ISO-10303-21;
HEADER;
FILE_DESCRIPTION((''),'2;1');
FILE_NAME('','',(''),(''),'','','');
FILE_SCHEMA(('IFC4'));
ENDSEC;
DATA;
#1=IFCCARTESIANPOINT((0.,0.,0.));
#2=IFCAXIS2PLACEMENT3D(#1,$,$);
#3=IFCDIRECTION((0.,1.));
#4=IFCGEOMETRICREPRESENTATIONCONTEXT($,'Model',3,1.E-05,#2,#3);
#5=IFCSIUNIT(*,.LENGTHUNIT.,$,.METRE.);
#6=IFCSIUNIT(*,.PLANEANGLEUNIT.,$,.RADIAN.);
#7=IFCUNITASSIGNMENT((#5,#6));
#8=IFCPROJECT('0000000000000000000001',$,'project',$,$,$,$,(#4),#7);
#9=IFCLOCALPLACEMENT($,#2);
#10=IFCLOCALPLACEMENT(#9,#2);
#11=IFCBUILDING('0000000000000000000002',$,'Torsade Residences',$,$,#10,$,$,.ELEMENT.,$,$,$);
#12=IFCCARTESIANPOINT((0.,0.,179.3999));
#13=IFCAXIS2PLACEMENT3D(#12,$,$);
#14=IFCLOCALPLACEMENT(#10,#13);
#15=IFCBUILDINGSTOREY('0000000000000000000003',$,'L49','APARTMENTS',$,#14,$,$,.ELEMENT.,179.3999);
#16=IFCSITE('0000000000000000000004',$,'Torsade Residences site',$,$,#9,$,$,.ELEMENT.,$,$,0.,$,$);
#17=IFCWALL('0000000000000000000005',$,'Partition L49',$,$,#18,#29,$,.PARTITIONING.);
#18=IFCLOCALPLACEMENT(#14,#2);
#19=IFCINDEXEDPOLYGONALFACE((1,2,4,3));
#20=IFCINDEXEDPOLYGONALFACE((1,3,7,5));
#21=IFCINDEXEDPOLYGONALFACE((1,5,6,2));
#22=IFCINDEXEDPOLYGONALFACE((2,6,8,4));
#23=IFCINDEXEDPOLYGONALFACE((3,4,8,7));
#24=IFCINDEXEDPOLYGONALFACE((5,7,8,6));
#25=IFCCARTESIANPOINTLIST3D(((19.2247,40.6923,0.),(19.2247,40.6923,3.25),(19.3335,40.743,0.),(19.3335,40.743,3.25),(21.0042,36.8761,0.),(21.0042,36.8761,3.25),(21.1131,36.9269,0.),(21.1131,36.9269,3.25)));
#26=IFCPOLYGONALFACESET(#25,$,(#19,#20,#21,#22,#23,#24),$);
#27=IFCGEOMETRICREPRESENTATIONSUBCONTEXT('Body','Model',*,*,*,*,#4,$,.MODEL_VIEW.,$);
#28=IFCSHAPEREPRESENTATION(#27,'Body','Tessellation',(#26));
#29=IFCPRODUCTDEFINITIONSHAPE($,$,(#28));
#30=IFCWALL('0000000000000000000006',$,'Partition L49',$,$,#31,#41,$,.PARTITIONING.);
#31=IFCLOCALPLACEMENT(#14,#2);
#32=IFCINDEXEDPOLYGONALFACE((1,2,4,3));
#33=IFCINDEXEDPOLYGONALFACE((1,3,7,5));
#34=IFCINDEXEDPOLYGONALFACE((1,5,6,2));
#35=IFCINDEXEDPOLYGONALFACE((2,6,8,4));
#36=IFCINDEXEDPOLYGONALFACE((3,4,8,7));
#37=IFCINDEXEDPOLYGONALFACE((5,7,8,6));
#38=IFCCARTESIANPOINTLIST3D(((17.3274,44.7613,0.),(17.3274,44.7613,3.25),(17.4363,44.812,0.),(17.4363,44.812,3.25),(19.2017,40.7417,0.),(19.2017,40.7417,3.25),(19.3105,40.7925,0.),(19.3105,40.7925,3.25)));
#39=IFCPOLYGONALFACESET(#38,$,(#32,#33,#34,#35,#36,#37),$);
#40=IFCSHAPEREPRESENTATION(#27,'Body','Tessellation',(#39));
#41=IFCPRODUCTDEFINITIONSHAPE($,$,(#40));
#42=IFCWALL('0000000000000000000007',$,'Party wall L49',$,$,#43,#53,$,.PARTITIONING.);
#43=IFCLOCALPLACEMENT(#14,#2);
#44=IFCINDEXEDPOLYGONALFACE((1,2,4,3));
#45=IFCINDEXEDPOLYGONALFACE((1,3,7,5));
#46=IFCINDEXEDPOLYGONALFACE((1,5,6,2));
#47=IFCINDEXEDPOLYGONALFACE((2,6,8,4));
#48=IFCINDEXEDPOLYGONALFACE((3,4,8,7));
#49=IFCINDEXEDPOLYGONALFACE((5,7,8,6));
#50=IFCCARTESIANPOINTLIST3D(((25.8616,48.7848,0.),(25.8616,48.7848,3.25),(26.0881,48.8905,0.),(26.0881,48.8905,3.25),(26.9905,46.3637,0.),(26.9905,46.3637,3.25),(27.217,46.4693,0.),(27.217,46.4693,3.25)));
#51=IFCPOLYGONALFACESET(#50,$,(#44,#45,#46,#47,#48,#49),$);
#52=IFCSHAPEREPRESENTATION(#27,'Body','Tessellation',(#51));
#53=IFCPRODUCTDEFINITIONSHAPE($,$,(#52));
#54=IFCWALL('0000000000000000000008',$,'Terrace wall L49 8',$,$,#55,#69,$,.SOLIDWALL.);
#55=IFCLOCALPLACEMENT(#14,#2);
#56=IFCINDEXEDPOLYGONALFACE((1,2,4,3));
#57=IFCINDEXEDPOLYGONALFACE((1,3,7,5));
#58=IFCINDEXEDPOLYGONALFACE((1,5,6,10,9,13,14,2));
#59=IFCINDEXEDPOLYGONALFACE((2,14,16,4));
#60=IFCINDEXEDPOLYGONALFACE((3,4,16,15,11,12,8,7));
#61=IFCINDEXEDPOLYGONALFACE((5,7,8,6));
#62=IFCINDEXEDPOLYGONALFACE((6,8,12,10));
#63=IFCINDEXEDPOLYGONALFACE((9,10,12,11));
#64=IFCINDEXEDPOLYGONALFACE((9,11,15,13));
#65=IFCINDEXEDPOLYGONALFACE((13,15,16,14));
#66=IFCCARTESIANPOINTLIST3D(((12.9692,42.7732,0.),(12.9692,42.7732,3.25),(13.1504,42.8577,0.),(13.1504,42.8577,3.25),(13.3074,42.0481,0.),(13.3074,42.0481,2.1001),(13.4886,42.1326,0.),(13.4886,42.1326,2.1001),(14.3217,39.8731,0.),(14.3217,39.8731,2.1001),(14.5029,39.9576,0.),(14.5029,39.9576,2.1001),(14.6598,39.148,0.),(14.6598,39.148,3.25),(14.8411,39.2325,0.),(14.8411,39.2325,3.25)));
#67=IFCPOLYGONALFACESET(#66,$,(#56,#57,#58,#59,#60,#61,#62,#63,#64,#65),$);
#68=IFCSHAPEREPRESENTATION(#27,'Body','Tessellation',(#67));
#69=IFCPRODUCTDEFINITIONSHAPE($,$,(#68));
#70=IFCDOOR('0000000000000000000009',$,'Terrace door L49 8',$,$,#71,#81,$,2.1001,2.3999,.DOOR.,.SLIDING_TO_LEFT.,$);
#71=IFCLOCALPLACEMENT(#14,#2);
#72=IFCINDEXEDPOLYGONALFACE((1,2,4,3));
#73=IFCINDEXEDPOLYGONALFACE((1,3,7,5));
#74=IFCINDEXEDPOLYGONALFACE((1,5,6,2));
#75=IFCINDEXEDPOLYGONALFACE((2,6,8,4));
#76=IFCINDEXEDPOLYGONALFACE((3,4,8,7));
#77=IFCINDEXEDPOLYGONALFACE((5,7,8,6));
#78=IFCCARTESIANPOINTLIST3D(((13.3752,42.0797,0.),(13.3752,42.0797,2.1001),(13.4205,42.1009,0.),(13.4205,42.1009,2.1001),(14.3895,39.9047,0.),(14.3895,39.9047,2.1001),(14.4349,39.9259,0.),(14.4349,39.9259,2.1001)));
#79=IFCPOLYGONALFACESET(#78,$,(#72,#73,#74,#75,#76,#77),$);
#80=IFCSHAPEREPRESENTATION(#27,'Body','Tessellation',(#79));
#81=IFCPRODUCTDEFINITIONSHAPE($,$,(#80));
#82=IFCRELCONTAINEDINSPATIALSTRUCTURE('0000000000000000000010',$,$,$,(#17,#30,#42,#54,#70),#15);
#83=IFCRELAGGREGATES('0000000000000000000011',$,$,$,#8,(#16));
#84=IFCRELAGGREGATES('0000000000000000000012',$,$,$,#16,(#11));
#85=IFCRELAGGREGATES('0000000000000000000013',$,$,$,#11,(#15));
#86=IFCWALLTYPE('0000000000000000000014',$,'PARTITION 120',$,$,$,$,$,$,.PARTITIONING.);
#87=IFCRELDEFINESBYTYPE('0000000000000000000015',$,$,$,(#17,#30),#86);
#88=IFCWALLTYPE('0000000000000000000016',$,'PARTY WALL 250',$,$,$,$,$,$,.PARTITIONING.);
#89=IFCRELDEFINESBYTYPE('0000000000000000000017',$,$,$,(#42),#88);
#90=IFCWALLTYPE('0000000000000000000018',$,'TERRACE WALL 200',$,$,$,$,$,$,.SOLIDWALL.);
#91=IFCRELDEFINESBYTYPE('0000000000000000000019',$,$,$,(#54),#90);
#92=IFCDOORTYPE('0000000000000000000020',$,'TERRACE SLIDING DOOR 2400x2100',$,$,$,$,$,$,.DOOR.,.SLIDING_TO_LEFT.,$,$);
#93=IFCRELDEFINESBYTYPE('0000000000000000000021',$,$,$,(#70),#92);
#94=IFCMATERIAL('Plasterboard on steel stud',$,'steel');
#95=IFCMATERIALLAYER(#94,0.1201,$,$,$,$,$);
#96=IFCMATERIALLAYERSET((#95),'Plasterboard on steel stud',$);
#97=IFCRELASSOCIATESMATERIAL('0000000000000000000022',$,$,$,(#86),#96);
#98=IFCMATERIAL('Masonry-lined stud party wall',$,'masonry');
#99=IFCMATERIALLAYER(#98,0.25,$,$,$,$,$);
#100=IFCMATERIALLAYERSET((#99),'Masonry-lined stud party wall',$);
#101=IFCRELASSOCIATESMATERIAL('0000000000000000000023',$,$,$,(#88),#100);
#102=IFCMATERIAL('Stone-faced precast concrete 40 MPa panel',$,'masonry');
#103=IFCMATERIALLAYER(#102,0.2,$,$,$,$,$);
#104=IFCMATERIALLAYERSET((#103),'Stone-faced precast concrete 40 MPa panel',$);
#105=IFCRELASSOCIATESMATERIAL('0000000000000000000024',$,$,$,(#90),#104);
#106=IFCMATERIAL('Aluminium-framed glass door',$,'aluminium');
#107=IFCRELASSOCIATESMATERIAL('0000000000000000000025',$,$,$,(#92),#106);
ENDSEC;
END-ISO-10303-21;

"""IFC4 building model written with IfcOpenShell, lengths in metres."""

from ifc_helpers import new_model, si_unit, direction, frame, frame_2d, origin, place, context, subcontext, project, spatial, rectangle, extrude, material, layer, layer_set, type_object, element, fill, save


model = new_model("IFC4")

# Units and contexts
model_context = context("Model", 3, precision=1e-05, world=origin(), true_north=direction((0.0, 1.0)))
body_context = subcontext(model_context, "Body", "Model", "MODEL_VIEW")
ifc_project = project(units=[si_unit("LENGTHUNIT", "METRE"), si_unit("PLANEANGLEUNIT", "RADIAN")], contexts=[model_context])

# Site, building, storey
site_placement = place(None, origin())
site = spatial("IfcSite", under=ifc_project, at=site_placement, Name="Torsade Residences site", CompositionType="ELEMENT", RefElevation=0.0)
building_placement = place(site_placement, origin())
building = spatial("IfcBuilding", under=site, at=building_placement, Name="Torsade Residences", CompositionType="ELEMENT")
storey_placement = place(building_placement, frame((0.0, 0.0, 179.3999)))
storey = spatial("IfcBuildingStorey", under=building, at=storey_placement, Name="L49", Description="APARTMENTS", CompositionType="ELEMENT", Elevation=179.3999)

# Walls
ifc_material_1 = material(Name="Plasterboard on steel stud", Category="steel")
ifc_layer_1 = layer(ifc_material_1, 0.1201)
ifc_layer_set_1 = layer_set([ifc_layer_1], Name="Plasterboard on steel stud")
wall_type_1 = type_object("IfcWallType", Name="PARTITION 120", PredefinedType="PARTITIONING", material=ifc_layer_set_1)
wall_1_placement = place(storey_placement, frame((19.2791, 40.7178, 0.0), z_axis=(0.0, 0.0, 1.0), x_axis=(0.422625, -0.906305, 0.0)))
element("IfcWall", 1, at=wall_1_placement, inside=storey, type_object=wall_type_1, Name="Partition L49", PredefinedType="PARTITIONING", context=body_context, shape_type="SweptSolid", body=[
    extrude(rectangle(XDim=4.2107, YDim=0.1201, at=frame_2d((2.1055, 0.0))), origin(), (0.0, 0.0, 1.0), 3.25),
])
wall_2_placement = place(storey_placement, frame((19.2561, 40.7671, 0.0), z_axis=(0.0, 0.0, 1.0), x_axis=(-0.422605, 0.906314, 0.0)))
element("IfcWall", 2, at=wall_2_placement, inside=storey, type_object=wall_type_1, Name="Partition L49", PredefinedType="PARTITIONING", context=body_context, shape_type="SweptSolid", body=[
    extrude(rectangle(XDim=4.4351, YDim=0.1201, at=frame_2d((2.2175, 0.0))), origin(), (0.0, 0.0, 1.0), 3.25),
])
ifc_material_2 = material(Name="Masonry-lined stud party wall", Category="masonry")
ifc_layer_2 = layer(ifc_material_2, 0.25)
ifc_layer_set_2 = layer_set([ifc_layer_2], Name="Masonry-lined stud party wall")
wall_type_2 = type_object("IfcWallType", Name="PARTY WALL 250", PredefinedType="PARTITIONING", material=ifc_layer_set_2)
wall_3_placement = place(storey_placement, frame((25.9749, 48.8376, 0.0), z_axis=(0.0, 0.0, 1.0), x_axis=(0.42259, -0.906321, 0.0)))
element("IfcWall", 3, at=wall_3_placement, inside=storey, type_object=wall_type_2, Name="Party wall L49", PredefinedType="PARTITIONING", context=body_context, shape_type="SweptSolid", body=[
    extrude(rectangle(XDim=2.6714, YDim=0.25, at=frame_2d((1.3357, 0.0))), origin(), (0.0, 0.0, 1.0), 3.25),
])

# Wall, opening, door
ifc_material_3 = material(Name="Stone-faced precast concrete 40 MPa panel", Category="masonry")
ifc_layer_3 = layer(ifc_material_3, 0.2)
ifc_layer_set_3 = layer_set([ifc_layer_3], Name="Stone-faced precast concrete 40 MPa panel")
wall_type_3 = type_object("IfcWallType", Name="TERRACE WALL 200", PredefinedType="SOLIDWALL", material=ifc_layer_set_3)
wall_4_placement = place(storey_placement, frame((13.0598, 42.8154, 0.0), z_axis=(0.0, 0.0, 1.0), x_axis=(0.422658, -0.906289, 0.0)))
wall_4 = element("IfcWall", 4, at=wall_4_placement, inside=storey, type_object=wall_type_3, Name="Terrace wall L49 8", PredefinedType="SOLIDWALL", context=body_context, shape_type="SweptSolid", body=[
    extrude(rectangle(XDim=4.0, YDim=0.2, at=frame_2d((2.0, 0.0))), origin(), (0.0, 0.0, 1.0), 3.25),
])
opening_placement = place(wall_4_placement, frame((0.8, 0.0, 0.0)))
opening = element("IfcOpeningElement", 5, at=opening_placement, cuts=wall_4, PredefinedType="OPENING", context=body_context, shape_type="SweptSolid", body=[
    extrude(rectangle(XDim=2.3999, YDim=2.1001, at=frame_2d((1.2, 1.05))), frame((0.0, 0.1099, 0.0), z_axis=(0.0, -1.0, 0.0), x_axis=(1.0, 0.0, 0.0)), (0.0, 0.0, 1.0), 0.22),
])
ifc_material_4 = material(Name="Aluminium-framed glass door", Category="aluminium")
door_type = type_object("IfcDoorType", Name="TERRACE SLIDING DOOR 2400x2100", OperationType="SLIDING_TO_LEFT", PredefinedType="DOOR", material=ifc_material_4)
door_placement = place(opening_placement, origin())
door = element("IfcDoor", 6, at=door_placement, inside=storey, type_object=door_type, Name="Terrace door L49 8", OperationType="SLIDING_TO_LEFT", OverallHeight=2.1001, OverallWidth=2.3999, PredefinedType="DOOR", context=body_context, shape_type="SweptSolid", body=[
    extrude(rectangle(XDim=2.3999, YDim=2.1001, at=frame_2d((1.2, 1.05))), frame((0.0, 0.0249, 0.0), z_axis=(0.0, -1.0, 0.0), x_axis=(1.0, 0.0, 0.0)), (0.0, 0.0, 1.0), 0.05),
])
fill(opening, door)

save(model, "model.ifc")
